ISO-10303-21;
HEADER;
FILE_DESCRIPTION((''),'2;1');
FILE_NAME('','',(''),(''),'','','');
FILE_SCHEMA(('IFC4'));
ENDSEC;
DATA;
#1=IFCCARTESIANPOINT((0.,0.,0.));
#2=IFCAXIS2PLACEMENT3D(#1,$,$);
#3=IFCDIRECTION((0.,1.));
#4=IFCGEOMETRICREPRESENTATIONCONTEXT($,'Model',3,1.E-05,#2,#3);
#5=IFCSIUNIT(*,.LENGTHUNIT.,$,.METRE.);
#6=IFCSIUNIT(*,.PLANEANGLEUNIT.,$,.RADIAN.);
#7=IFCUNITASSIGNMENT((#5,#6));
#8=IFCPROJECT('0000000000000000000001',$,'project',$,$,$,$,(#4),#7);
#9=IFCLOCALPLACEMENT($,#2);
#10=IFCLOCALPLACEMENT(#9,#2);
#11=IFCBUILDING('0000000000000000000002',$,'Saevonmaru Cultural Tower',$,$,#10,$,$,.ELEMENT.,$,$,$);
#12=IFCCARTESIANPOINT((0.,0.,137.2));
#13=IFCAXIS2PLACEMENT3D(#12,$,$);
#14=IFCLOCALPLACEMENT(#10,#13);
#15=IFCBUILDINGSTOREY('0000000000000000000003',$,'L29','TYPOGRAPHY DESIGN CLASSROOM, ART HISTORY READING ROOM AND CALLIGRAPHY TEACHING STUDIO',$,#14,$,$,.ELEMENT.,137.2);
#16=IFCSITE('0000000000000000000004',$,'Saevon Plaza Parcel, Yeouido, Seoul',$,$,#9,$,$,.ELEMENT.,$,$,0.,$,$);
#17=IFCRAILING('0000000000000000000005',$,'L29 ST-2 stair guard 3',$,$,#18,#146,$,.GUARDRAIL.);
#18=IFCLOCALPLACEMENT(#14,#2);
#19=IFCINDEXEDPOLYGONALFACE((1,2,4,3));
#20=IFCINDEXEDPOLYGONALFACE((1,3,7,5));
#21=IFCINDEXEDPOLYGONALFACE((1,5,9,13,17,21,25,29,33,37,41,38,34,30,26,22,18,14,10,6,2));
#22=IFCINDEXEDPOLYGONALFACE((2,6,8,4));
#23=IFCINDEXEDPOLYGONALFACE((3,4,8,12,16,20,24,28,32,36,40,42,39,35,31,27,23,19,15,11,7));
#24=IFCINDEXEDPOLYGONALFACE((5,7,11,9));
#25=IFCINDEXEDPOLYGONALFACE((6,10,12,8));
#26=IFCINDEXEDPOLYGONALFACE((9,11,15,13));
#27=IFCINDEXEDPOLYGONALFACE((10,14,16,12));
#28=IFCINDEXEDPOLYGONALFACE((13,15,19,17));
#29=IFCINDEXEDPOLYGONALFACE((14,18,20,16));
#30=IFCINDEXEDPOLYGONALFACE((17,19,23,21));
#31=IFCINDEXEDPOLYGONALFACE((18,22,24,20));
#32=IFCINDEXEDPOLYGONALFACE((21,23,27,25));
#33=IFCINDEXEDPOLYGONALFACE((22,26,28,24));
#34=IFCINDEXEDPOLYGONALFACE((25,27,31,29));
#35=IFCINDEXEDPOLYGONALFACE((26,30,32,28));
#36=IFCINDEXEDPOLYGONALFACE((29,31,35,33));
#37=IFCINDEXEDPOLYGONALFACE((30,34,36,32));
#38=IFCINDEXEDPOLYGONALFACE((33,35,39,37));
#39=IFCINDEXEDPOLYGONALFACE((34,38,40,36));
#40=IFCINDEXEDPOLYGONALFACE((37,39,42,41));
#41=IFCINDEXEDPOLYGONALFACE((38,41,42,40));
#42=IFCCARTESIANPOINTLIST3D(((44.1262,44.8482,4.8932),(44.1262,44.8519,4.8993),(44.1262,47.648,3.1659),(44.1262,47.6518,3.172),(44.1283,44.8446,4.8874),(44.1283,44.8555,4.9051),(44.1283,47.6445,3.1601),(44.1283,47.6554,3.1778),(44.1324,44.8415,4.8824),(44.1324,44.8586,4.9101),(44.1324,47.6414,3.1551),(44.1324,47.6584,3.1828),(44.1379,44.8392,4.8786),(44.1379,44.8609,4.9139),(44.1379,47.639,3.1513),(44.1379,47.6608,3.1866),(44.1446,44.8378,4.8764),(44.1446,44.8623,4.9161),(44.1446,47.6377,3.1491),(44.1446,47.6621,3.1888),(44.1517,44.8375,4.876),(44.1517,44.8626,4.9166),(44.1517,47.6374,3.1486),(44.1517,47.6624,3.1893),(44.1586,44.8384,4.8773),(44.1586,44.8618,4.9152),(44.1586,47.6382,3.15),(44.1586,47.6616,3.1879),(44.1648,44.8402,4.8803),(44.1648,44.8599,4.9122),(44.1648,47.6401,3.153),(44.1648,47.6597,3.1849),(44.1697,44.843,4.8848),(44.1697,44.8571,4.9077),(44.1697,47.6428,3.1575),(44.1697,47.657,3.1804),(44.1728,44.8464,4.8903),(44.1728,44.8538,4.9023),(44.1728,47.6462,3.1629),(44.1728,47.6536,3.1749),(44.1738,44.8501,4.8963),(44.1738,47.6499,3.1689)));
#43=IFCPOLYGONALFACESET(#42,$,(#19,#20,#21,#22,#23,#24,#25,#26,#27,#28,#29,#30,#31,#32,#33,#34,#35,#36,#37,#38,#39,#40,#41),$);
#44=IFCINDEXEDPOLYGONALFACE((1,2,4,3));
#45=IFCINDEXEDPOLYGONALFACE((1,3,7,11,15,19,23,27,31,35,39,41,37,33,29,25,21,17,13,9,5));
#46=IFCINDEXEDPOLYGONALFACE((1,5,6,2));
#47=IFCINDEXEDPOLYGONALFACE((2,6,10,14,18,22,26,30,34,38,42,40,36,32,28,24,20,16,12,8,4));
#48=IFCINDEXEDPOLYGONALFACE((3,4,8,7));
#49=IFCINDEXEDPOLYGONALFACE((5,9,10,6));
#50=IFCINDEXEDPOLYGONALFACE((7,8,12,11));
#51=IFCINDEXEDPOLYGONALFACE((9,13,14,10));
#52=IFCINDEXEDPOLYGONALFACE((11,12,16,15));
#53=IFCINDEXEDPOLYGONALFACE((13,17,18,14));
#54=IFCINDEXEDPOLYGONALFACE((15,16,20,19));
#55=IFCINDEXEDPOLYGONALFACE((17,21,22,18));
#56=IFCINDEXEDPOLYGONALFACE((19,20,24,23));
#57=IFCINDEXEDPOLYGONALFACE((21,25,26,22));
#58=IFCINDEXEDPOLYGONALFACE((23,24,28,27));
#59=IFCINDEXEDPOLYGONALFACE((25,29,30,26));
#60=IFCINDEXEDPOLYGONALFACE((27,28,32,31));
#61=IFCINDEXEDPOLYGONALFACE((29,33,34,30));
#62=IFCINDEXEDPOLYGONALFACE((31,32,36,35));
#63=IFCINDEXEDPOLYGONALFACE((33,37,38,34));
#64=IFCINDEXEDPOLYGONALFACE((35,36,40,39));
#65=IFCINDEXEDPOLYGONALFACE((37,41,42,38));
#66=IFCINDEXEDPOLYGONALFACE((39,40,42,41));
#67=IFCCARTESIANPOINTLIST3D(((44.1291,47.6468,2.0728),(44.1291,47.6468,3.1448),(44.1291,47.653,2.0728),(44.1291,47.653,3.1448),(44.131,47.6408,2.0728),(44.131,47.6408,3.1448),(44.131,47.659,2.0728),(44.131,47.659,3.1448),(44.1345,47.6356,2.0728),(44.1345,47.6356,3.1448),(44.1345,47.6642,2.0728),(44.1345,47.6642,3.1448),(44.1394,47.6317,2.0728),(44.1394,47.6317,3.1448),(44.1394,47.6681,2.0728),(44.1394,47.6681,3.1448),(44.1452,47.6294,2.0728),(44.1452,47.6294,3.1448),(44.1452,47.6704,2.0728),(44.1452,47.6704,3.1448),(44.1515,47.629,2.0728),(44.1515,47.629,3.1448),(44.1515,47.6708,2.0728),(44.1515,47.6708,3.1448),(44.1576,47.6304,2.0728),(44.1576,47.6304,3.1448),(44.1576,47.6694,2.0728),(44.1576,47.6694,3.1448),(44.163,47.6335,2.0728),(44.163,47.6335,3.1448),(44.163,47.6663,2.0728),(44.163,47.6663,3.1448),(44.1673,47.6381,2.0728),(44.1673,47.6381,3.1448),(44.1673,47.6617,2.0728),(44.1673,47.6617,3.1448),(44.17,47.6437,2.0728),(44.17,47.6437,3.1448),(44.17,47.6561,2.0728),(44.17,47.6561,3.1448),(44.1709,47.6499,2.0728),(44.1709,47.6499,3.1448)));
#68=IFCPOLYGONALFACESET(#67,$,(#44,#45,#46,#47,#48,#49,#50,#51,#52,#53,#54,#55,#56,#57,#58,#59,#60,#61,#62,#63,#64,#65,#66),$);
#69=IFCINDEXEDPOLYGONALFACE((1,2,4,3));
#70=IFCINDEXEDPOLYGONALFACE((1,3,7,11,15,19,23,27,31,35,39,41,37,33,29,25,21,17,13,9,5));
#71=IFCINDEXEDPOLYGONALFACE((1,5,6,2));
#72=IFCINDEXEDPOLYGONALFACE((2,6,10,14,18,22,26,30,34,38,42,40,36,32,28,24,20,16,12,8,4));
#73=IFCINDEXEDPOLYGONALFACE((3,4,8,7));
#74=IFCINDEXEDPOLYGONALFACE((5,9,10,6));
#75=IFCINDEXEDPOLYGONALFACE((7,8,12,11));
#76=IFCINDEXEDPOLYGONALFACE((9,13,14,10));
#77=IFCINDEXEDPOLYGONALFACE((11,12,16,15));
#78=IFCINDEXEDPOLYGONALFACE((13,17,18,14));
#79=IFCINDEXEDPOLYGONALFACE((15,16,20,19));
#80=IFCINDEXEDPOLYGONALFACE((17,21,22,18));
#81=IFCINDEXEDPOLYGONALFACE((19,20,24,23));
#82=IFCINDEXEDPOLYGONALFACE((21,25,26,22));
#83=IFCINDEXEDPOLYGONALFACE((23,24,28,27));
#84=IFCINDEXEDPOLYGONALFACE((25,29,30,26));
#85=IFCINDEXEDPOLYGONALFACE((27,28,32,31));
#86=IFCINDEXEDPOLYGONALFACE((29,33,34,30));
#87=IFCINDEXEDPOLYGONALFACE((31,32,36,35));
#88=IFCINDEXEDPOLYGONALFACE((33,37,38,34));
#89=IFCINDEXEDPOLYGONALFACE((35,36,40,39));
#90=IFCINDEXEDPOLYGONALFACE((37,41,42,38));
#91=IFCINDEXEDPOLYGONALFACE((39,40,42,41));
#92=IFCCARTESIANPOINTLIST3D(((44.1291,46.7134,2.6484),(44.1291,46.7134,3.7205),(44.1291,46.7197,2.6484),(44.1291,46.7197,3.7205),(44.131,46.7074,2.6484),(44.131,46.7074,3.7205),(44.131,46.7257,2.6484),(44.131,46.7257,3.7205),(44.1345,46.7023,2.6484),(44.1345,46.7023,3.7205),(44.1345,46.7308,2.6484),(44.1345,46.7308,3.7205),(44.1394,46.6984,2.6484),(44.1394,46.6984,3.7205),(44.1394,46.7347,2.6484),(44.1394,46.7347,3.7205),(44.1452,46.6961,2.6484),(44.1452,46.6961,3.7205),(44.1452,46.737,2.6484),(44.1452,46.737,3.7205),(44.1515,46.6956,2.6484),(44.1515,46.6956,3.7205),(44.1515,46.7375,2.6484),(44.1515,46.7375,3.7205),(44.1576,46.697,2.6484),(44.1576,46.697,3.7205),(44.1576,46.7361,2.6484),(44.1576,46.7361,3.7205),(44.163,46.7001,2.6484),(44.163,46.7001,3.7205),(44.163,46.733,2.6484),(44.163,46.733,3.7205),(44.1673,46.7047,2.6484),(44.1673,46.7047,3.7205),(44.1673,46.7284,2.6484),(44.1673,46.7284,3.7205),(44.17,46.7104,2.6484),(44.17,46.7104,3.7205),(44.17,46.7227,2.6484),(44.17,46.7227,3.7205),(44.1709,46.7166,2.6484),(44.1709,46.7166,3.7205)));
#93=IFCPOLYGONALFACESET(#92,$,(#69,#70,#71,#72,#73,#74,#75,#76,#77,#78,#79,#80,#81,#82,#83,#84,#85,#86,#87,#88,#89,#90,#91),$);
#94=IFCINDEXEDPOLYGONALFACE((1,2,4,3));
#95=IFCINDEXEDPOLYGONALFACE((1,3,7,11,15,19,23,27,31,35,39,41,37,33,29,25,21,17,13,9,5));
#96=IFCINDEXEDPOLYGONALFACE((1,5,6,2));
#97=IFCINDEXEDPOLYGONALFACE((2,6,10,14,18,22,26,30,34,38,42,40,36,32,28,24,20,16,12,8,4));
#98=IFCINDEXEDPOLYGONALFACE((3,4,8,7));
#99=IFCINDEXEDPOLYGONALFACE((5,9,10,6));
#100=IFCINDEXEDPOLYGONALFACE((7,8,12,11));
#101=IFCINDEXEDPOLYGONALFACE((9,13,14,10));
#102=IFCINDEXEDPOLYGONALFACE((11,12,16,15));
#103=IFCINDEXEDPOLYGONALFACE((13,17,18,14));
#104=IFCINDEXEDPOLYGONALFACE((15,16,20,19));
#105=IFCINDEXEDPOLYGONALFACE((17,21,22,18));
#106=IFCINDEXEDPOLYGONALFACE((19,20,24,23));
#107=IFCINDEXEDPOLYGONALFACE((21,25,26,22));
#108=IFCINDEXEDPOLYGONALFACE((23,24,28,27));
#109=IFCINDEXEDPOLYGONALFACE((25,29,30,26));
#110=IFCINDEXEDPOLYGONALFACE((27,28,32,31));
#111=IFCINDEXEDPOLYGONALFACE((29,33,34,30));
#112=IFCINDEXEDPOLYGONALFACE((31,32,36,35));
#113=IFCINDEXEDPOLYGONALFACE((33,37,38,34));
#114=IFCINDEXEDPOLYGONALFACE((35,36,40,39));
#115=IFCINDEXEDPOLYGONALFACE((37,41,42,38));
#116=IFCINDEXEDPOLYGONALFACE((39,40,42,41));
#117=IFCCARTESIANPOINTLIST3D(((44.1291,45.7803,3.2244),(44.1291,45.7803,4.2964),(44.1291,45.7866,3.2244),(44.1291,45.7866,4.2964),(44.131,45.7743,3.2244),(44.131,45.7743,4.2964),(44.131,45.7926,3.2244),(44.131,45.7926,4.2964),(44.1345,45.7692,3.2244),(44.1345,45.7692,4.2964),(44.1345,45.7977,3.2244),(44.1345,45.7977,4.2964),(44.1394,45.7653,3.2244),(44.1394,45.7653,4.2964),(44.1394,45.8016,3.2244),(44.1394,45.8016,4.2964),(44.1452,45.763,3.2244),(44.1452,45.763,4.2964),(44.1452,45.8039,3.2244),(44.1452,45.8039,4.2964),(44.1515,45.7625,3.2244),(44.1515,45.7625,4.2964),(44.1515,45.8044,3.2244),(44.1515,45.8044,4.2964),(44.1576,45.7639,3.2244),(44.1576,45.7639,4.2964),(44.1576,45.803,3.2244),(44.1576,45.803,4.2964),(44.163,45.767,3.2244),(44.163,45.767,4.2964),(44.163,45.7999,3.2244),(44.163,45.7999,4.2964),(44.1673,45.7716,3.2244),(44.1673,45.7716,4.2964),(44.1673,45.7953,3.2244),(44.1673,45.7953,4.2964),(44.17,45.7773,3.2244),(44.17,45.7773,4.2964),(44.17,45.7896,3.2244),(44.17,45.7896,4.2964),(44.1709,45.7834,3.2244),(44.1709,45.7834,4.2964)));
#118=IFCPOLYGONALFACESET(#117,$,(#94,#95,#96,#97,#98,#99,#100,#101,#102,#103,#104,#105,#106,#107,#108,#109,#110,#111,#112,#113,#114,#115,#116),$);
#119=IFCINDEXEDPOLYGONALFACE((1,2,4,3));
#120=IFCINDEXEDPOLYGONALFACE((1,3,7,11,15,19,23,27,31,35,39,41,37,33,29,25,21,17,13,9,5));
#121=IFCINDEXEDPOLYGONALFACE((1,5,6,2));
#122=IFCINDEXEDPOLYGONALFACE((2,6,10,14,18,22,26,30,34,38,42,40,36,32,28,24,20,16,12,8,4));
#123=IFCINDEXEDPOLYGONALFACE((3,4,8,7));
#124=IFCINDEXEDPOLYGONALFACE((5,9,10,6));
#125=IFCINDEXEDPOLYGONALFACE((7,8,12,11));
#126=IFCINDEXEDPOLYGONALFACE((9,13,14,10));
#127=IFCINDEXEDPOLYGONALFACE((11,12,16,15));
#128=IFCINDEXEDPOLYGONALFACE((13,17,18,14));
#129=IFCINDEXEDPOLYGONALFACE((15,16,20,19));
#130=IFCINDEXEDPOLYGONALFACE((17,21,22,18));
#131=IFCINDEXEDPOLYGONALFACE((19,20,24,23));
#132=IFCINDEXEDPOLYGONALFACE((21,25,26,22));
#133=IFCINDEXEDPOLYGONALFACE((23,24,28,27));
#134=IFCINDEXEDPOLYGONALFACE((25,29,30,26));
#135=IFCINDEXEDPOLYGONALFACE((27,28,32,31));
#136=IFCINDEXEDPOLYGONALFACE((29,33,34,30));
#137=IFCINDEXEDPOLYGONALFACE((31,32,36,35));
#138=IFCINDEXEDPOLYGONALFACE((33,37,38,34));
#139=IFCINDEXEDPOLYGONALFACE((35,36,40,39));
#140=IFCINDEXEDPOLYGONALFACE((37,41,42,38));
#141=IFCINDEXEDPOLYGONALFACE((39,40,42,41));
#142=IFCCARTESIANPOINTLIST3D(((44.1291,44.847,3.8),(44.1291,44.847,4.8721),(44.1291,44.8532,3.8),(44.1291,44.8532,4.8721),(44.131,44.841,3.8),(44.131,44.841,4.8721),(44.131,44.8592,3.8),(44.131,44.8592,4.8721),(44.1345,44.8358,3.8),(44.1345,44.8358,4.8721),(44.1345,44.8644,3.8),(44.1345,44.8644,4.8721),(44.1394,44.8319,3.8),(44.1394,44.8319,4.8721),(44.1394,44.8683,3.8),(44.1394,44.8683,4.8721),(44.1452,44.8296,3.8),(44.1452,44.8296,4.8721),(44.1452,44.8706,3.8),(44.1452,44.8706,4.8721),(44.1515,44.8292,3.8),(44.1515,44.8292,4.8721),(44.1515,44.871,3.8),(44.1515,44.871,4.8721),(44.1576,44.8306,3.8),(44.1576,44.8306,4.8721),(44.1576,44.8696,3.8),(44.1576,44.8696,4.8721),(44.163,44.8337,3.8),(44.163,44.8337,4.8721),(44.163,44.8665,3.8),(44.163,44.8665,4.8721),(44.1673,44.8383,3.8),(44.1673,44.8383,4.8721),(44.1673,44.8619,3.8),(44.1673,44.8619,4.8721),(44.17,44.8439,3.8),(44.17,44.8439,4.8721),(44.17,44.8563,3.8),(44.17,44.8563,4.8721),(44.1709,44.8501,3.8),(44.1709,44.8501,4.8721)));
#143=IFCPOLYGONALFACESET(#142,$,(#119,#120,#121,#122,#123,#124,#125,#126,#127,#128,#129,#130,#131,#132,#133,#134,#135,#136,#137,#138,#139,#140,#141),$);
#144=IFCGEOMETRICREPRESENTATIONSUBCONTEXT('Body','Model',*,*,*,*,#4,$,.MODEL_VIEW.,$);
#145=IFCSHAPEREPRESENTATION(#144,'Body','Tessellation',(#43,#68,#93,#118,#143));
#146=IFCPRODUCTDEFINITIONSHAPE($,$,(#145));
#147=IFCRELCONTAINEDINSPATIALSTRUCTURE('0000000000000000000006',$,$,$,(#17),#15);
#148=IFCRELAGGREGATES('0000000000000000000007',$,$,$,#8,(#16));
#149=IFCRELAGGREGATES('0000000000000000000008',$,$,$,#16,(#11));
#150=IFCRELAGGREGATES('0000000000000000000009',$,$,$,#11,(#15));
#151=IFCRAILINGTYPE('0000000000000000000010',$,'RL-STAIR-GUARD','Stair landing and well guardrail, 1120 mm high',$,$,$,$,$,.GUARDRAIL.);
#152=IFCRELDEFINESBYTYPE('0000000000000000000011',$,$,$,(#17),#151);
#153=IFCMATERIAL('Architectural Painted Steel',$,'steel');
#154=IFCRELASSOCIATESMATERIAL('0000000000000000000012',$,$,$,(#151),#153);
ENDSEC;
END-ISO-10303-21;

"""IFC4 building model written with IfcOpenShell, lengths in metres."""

from ifc_helpers import new_model, si_unit, direction, frame, origin, origin_2d, place, context, subcontext, project, spatial, circle, extrude, material, type_object, element, save


model = new_model("IFC4")

# Units and contexts
model_context = context("Model", 3, precision=1e-05, world=origin(), true_north=direction((0.0, 1.0)))
body_context = subcontext(model_context, "Body", "Model", "MODEL_VIEW")
ifc_project = project(units=[si_unit("LENGTHUNIT", "METRE"), si_unit("PLANEANGLEUNIT", "RADIAN")], contexts=[model_context])

# Site, building, storey
site_placement = place(None, origin())
site = spatial("IfcSite", under=ifc_project, at=site_placement, Name="Saevon Plaza Parcel, Yeouido, Seoul", CompositionType="ELEMENT", RefElevation=0.0)
building_placement = place(site_placement, origin())
building = spatial("IfcBuilding", under=site, at=building_placement, Name="Saevonmaru Cultural Tower", CompositionType="ELEMENT")
storey_placement = place(building_placement, frame((0.0, 0.0, 137.2)))
storey = spatial("IfcBuildingStorey", under=building, at=storey_placement, Name="L29", Description="TYPOGRAPHY DESIGN CLASSROOM, ART HISTORY READING ROOM AND CALLIGRAPHY TEACHING STUDIO", CompositionType="ELEMENT", Elevation=137.2)

# Railing
ifc_material_1 = material(Name="Architectural Painted Steel", Category="steel")
railing_type_1 = type_object("IfcRailingType", Name="RL-STAIR-GUARD", Description="Stair landing and well guardrail, 1120 mm high", PredefinedType="GUARDRAIL", material=ifc_material_1)
railing_1_placement = place(storey_placement, frame((44.1499, 47.6499, 2.0728)))
element("IfcRailing", 1, at=railing_1_placement, inside=storey, type_object=railing_type_1, Name="L29 ST-2 stair guard 3", PredefinedType="GUARDRAIL", context=body_context, shape_type="SweptSolid", body=[
    extrude(circle(Radius=0.0239, at=origin_2d()), frame((0.0, 0.0, 1.0962), z_axis=(0.0, -0.851069, 0.525054), x_axis=(1.0, 0.0, 0.0)), (0.0, 0.0, 1.0), 3.2898),
    extrude(circle(Radius=0.021, at=origin_2d()), origin(), (0.0, 0.0, 1.0), 1.072),
    extrude(circle(Radius=0.021, at=origin_2d()), frame((0.0, -0.9333, 0.5757)), (0.0, 0.0, 1.0), 1.072),
    extrude(circle(Radius=0.021, at=origin_2d()), frame((0.0, -1.8665, 1.1516)), (0.0, 0.0, 1.0), 1.072),
    extrude(circle(Radius=0.021, at=origin_2d()), frame((0.0, -2.7998, 1.7273)), (0.0, 0.0, 1.0), 1.072),
])

save(model, "model.ifc")
